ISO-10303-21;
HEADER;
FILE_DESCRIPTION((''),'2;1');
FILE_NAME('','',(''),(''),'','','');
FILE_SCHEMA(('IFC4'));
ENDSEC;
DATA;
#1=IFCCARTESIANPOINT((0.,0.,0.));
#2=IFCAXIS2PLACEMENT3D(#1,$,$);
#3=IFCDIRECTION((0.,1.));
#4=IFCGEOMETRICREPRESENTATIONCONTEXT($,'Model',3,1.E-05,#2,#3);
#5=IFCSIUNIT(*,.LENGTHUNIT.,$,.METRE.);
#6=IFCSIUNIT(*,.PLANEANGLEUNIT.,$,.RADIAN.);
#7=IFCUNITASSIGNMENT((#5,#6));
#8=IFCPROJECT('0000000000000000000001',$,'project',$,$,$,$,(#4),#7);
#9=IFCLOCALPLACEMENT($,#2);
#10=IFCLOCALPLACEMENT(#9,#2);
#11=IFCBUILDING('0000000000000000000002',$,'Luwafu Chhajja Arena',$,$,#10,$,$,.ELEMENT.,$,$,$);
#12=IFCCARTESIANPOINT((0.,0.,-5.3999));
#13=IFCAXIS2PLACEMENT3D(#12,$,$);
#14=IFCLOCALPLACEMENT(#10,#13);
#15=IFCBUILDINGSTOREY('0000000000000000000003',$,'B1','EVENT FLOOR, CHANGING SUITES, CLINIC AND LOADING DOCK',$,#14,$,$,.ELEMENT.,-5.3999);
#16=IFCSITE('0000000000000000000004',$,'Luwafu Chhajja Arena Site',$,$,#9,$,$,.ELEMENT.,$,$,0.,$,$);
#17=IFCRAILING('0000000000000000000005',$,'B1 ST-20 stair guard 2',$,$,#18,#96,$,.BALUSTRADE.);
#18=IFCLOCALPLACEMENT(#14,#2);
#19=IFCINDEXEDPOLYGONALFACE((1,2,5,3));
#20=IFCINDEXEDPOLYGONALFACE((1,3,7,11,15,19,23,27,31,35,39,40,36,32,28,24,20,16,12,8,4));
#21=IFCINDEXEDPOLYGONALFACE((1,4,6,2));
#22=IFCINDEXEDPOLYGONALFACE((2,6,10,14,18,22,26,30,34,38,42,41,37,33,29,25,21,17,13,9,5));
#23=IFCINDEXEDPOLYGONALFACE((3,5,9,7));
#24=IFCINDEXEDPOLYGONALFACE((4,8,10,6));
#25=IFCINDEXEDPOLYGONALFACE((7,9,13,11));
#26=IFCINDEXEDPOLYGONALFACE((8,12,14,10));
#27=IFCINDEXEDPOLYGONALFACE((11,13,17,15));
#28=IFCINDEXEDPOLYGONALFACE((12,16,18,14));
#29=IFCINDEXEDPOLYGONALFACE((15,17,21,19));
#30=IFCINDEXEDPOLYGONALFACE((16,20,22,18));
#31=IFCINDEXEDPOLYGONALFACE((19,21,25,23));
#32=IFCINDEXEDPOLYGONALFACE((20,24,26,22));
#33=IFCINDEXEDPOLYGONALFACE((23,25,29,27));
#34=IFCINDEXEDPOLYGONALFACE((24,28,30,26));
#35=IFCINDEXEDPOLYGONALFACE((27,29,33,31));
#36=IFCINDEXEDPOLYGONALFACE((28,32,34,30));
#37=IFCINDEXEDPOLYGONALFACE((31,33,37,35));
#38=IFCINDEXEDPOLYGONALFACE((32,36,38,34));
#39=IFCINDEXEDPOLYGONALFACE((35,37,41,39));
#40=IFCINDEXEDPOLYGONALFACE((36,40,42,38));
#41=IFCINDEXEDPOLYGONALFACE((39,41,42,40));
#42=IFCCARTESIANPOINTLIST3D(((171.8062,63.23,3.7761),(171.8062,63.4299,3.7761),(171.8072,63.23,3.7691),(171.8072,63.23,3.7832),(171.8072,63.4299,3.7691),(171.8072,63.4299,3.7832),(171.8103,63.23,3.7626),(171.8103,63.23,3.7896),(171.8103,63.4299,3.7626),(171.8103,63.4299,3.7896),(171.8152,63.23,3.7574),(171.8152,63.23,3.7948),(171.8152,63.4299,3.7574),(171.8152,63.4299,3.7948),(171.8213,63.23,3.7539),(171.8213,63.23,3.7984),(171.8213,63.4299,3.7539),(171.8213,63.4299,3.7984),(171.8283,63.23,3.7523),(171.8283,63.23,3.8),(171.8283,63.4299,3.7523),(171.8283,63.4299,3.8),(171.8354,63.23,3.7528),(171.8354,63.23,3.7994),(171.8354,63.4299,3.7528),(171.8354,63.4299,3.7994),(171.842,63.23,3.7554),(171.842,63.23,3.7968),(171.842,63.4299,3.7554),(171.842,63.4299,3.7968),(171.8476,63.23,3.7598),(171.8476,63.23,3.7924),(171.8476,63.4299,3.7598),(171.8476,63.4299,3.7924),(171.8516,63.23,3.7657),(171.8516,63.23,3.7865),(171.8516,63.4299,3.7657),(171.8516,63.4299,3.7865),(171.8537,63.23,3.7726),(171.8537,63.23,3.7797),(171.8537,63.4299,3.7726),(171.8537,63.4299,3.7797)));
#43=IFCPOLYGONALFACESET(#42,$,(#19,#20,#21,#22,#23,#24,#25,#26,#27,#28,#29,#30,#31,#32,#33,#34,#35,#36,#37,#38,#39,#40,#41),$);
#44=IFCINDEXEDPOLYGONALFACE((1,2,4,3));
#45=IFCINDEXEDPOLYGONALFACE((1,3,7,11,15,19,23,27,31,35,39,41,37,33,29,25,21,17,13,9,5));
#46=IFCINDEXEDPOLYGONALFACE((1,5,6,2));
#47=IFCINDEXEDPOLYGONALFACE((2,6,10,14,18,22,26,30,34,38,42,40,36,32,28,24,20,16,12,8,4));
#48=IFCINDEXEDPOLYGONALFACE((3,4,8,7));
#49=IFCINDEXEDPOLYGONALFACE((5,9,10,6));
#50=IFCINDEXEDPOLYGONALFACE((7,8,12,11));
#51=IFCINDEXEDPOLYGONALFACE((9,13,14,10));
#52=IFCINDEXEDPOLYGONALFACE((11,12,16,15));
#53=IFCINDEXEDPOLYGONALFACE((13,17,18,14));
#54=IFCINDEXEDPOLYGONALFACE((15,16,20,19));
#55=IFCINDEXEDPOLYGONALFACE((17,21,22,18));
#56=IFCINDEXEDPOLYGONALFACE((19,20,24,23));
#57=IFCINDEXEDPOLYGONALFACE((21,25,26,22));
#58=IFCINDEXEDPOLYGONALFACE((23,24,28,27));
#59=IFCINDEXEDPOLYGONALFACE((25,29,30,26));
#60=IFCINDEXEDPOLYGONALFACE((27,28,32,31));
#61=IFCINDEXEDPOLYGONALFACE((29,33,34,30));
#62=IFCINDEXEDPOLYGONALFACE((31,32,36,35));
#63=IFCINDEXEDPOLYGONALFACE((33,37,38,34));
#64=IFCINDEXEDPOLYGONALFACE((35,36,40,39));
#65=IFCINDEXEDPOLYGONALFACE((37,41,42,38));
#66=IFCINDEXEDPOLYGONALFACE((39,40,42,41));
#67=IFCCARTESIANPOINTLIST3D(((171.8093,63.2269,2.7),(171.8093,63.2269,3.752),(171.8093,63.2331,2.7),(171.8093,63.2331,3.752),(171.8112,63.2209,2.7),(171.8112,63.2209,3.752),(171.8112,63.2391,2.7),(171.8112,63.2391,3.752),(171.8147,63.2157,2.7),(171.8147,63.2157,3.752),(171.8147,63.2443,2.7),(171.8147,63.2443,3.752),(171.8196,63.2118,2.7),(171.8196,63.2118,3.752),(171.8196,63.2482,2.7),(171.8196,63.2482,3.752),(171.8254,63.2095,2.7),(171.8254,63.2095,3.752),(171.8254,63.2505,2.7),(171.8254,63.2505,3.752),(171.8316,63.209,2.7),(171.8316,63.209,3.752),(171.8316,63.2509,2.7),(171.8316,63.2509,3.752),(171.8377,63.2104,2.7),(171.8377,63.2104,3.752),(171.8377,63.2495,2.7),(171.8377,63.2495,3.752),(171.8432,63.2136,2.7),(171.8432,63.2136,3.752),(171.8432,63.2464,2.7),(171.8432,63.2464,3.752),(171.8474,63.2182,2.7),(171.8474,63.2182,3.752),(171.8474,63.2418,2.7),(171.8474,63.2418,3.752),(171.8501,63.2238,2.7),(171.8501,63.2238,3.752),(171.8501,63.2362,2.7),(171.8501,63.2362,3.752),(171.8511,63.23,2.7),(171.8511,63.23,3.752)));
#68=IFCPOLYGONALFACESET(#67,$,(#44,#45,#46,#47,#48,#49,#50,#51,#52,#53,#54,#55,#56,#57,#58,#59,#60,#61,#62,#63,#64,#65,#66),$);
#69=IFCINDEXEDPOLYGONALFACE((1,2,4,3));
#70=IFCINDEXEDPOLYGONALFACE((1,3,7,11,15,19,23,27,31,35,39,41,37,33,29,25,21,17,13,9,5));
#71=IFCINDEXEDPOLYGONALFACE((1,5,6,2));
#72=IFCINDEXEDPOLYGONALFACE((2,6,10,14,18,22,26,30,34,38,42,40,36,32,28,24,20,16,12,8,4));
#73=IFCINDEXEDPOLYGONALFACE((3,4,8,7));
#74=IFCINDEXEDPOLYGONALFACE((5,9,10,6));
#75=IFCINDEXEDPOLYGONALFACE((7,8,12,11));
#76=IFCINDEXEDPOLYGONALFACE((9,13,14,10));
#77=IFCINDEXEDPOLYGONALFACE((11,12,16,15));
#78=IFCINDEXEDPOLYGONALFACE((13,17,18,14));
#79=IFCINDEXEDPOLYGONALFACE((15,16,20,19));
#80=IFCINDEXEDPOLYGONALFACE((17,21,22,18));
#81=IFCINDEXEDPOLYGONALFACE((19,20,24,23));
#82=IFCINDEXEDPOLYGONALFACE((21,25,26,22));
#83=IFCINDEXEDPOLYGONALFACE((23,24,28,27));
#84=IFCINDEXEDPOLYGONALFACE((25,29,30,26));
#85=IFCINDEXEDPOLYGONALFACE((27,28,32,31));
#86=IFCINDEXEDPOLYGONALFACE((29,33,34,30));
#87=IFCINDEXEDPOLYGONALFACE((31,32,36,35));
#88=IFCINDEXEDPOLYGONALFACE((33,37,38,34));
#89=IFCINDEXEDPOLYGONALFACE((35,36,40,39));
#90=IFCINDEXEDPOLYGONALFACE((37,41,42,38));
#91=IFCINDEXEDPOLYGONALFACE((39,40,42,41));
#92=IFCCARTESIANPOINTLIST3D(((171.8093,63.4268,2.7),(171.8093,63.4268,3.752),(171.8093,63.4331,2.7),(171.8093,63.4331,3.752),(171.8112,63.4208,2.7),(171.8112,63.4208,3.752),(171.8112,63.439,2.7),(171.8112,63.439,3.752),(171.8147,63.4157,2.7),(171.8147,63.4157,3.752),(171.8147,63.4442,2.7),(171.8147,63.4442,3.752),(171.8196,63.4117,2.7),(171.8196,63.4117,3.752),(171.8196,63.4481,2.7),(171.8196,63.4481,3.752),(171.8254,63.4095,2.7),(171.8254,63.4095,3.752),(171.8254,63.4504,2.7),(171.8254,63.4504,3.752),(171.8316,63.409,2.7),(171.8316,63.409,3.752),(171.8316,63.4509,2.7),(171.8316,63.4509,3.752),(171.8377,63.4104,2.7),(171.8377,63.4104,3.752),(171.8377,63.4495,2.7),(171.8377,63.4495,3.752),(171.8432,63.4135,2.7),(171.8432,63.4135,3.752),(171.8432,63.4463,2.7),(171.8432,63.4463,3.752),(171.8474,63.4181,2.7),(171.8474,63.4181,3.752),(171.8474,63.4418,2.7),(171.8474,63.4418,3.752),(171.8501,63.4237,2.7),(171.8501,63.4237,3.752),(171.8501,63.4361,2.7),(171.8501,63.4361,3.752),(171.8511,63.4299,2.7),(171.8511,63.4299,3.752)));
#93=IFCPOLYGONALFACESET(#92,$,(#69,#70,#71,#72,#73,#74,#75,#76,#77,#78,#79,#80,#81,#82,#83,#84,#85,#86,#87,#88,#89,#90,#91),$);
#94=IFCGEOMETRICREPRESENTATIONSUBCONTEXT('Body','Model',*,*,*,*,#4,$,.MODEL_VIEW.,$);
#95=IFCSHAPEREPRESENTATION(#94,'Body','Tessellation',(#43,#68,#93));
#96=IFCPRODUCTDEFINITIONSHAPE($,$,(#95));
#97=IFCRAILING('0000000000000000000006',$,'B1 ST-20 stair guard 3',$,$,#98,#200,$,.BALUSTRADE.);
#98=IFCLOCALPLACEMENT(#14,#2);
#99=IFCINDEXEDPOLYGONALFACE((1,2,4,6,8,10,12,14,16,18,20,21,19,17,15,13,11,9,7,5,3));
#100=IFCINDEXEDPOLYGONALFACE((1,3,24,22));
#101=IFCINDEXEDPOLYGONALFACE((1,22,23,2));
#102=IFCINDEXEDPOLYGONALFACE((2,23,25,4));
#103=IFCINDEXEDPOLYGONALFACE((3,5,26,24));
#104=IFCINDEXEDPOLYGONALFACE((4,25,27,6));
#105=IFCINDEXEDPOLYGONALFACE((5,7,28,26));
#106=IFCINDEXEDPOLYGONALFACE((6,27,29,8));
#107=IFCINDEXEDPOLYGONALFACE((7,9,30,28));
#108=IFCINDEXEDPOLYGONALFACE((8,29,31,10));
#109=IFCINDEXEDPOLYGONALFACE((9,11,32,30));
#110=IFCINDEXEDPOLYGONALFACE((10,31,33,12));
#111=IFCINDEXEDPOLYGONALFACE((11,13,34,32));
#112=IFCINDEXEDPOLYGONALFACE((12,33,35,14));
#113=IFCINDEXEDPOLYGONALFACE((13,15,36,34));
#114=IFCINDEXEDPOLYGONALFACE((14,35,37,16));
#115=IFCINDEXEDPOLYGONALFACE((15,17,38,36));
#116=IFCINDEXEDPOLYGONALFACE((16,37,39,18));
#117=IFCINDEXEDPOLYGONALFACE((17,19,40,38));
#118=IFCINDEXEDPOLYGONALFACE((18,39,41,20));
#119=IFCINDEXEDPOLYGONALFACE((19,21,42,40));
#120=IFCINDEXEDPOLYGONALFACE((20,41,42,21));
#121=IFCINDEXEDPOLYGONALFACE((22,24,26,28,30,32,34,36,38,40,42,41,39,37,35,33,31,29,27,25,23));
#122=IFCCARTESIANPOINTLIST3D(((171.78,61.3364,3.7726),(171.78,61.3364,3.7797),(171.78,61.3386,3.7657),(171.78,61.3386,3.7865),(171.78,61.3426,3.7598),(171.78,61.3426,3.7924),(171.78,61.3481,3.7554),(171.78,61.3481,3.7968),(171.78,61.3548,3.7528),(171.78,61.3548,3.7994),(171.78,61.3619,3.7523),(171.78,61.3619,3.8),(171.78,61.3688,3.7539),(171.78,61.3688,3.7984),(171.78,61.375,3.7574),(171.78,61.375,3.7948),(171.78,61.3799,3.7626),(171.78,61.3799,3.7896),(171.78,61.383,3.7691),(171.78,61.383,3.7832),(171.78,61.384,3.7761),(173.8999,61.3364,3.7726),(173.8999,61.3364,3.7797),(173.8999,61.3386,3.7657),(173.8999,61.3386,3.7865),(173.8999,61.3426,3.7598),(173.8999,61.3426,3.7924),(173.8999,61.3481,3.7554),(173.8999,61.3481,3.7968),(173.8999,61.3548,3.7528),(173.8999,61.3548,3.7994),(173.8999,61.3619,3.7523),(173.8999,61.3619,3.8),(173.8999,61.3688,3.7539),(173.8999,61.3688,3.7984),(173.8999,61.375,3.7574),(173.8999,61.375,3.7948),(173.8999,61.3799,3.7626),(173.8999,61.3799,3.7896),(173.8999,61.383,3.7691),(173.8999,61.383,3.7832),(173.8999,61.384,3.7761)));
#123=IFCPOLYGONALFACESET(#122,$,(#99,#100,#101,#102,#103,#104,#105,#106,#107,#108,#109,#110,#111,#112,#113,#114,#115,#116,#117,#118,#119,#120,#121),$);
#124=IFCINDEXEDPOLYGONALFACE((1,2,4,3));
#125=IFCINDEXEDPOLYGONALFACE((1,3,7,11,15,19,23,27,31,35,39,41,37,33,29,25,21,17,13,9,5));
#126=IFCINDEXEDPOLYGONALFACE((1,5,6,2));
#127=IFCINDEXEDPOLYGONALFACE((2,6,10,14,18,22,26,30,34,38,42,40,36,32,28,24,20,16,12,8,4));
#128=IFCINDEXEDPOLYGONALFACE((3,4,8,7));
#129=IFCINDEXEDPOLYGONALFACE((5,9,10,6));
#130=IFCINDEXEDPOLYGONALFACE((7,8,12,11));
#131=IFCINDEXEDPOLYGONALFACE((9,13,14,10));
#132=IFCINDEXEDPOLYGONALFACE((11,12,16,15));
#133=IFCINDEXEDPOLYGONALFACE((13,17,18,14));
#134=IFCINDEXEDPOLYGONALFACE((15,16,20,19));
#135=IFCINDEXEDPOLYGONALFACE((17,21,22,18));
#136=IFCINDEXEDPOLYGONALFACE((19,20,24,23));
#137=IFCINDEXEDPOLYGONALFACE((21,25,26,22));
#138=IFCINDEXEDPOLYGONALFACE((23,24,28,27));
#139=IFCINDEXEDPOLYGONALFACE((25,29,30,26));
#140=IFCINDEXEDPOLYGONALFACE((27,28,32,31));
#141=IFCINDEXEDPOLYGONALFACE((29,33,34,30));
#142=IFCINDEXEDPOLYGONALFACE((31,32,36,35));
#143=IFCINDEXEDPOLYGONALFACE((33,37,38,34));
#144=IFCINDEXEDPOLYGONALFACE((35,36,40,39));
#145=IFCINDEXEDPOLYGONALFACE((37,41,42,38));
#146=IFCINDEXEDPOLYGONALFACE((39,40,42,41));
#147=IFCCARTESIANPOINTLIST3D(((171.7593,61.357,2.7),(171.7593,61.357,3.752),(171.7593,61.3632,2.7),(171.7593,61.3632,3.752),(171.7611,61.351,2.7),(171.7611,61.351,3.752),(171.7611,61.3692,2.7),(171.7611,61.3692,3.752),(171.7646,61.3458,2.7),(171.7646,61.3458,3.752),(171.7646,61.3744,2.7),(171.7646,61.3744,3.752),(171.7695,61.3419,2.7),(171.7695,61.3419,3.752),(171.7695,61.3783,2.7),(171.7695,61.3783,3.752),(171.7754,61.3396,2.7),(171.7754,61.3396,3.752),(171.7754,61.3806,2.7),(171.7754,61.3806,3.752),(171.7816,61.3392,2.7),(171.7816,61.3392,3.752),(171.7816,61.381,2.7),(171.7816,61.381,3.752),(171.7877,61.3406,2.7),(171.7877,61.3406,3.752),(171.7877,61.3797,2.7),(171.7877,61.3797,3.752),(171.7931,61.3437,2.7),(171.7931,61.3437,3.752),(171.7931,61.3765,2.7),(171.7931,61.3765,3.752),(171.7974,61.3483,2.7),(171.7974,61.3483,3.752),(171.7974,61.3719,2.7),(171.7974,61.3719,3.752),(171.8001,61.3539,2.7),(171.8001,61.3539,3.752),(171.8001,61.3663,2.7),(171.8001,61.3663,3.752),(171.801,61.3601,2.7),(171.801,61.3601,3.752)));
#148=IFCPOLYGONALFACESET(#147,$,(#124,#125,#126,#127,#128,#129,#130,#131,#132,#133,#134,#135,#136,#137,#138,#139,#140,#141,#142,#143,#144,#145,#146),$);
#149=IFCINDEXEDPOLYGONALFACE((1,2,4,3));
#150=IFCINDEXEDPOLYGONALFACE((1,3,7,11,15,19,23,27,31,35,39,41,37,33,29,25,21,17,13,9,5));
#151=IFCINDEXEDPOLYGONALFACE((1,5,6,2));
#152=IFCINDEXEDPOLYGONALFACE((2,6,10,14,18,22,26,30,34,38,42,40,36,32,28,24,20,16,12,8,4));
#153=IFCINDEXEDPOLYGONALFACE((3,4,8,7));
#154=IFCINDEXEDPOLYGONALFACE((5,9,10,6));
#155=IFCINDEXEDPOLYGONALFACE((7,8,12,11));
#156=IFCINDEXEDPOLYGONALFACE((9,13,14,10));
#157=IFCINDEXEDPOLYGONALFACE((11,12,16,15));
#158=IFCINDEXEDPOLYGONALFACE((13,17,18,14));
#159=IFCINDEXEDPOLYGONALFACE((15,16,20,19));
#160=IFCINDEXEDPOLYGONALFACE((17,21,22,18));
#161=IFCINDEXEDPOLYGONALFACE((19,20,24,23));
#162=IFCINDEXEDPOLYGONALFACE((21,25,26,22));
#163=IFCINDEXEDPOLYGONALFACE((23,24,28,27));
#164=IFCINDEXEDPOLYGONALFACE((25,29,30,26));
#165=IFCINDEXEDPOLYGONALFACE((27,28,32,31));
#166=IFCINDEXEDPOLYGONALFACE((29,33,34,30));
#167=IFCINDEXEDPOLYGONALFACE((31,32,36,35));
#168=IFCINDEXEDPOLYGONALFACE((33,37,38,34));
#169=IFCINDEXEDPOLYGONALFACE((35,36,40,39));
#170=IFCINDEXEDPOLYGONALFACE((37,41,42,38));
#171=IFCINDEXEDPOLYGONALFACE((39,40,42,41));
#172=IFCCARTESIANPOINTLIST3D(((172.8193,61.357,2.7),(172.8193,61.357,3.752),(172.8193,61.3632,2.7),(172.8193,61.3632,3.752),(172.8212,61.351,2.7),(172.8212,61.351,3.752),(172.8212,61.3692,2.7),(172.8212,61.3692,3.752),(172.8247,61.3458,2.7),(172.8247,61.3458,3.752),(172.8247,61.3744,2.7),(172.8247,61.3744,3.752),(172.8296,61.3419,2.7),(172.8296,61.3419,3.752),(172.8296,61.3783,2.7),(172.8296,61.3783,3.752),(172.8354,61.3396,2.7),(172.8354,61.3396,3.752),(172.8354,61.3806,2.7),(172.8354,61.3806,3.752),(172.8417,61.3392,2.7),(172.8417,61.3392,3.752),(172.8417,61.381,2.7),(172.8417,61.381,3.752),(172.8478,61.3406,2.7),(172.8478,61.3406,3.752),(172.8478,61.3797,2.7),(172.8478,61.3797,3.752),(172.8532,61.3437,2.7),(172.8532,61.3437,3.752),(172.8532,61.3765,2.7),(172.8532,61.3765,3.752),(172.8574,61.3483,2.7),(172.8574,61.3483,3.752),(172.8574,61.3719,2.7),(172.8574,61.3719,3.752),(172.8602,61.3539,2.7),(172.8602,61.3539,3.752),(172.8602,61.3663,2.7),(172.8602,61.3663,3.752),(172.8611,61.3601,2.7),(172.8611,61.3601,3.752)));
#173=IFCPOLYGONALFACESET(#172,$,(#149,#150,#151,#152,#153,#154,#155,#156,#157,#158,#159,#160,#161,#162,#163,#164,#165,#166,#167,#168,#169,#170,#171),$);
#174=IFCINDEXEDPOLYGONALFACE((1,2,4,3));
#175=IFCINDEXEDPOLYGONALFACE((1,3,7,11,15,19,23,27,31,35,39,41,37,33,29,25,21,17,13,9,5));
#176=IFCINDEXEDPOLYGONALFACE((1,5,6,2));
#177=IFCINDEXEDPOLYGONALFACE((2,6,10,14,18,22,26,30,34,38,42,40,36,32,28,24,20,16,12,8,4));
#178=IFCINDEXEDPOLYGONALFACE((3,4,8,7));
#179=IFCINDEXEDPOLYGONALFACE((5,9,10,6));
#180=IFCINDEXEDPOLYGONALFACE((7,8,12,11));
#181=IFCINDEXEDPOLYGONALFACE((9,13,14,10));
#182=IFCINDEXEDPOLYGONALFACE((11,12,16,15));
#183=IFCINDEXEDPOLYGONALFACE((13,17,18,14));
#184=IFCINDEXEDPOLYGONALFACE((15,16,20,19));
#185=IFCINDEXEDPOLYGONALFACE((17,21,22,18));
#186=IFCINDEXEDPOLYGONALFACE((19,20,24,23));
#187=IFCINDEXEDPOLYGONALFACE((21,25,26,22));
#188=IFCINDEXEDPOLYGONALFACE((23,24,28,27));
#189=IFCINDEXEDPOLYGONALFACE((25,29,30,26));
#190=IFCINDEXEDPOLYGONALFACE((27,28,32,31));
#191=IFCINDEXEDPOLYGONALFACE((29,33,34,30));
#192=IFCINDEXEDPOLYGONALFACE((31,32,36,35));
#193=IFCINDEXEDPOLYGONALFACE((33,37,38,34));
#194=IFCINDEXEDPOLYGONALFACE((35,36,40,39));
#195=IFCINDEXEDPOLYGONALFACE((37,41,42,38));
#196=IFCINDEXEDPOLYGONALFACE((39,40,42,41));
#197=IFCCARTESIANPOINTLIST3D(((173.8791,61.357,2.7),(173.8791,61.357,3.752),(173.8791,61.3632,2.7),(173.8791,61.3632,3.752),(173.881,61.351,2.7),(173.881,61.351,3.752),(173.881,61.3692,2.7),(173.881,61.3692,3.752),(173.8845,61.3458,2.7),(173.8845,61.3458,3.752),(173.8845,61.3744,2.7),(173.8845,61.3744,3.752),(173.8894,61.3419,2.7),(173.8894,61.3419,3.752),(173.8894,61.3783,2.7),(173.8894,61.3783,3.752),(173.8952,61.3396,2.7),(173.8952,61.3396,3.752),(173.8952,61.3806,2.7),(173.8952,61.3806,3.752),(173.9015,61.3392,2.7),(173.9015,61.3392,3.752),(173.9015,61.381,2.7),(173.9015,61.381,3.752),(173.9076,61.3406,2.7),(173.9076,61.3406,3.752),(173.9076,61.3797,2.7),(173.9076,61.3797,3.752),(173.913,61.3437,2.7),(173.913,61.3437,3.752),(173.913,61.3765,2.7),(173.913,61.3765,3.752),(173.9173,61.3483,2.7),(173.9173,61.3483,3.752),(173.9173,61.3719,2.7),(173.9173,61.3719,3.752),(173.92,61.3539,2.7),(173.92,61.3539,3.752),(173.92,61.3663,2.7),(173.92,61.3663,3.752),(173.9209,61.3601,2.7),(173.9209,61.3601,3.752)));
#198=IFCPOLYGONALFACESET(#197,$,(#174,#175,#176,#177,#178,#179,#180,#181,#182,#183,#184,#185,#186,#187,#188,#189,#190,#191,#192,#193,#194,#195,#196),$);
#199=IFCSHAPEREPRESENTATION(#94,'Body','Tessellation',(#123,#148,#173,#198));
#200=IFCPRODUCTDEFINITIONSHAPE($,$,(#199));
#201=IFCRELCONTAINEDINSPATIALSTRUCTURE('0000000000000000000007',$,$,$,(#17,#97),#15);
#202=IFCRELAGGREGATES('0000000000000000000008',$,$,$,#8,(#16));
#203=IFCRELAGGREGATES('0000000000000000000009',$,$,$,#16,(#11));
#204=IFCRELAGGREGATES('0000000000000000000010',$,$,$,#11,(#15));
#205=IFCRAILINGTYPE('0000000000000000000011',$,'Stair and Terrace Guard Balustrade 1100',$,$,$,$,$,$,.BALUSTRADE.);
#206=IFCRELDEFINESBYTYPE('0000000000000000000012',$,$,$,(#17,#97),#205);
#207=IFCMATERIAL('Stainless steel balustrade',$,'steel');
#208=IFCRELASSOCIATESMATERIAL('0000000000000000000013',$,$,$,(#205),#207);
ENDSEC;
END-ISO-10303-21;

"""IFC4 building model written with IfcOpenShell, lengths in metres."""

from ifc_helpers import new_model, si_unit, direction, frame, origin, origin_2d, place, context, subcontext, project, spatial, circle, extrude, material, type_object, element, save


model = new_model("IFC4")

# Units and contexts
model_context = context("Model", 3, precision=1e-05, world=origin(), true_north=direction((0.0, 1.0)))
body_context = subcontext(model_context, "Body", "Model", "MODEL_VIEW")
ifc_project = project(units=[si_unit("LENGTHUNIT", "METRE"), si_unit("PLANEANGLEUNIT", "RADIAN")], contexts=[model_context])

# Site, building, storey
site_placement = place(None, origin())
site = spatial("IfcSite", under=ifc_project, at=site_placement, Name="Luwafu Chhajja Arena Site", CompositionType="ELEMENT", RefElevation=0.0)
building_placement = place(site_placement, origin())
building = spatial("IfcBuilding", under=site, at=building_placement, Name="Luwafu Chhajja Arena", CompositionType="ELEMENT")
storey_placement = place(building_placement, frame((0.0, 0.0, -5.3999)))
storey = spatial("IfcBuildingStorey", under=building, at=storey_placement, Name="B1", Description="EVENT FLOOR, CHANGING SUITES, CLINIC AND LOADING DOCK", CompositionType="ELEMENT", Elevation=-5.3999)

# Railings
ifc_material_1 = material(Name="Stainless steel balustrade", Category="steel")
railing_type_1 = type_object("IfcRailingType", Name="Stair and Terrace Guard Balustrade 1100", PredefinedType="BALUSTRADE", material=ifc_material_1)
railing_1_placement = place(storey_placement, frame((171.8301, 63.23, 2.7)))
element("IfcRailing", 1, at=railing_1_placement, inside=storey, type_object=railing_type_1, Name="B1 ST-20 stair guard 2", PredefinedType="BALUSTRADE", context=body_context, shape_type="SweptSolid", body=[
    extrude(circle(Radius=0.0239, at=origin_2d()), frame((0.0, 0.0, 1.0762), z_axis=(0.0, 1.0, 0.0), x_axis=(-1.0, 0.0, 0.0)), (0.0, 0.0, 1.0), 0.2),
    extrude(circle(Radius=0.021, at=origin_2d()), origin(), (0.0, 0.0, 1.0), 1.052),
    extrude(circle(Radius=0.021, at=origin_2d()), frame((0.0, 0.2, 0.0)), (0.0, 0.0, 1.0), 1.052),
])
for number, where, name in (
    (2, (171.78, 61.3601, 2.7), "B1 ST-20 stair guard 3"),
):
    element("IfcRailing", number, at=place(storey_placement, frame(where)), inside=storey, type_object=railing_type_1, Name=name, PredefinedType="BALUSTRADE", context=body_context, shape_type="SweptSolid", body=[
        extrude(circle(Radius=0.0239, at=origin_2d()), frame((0.0, 0.0, 1.0762), z_axis=(1.0, 0.0, 0.0), x_axis=(0.0, 1.0, 0.0)), (0.0, 0.0, 1.0), 2.1199),
        extrude(circle(Radius=0.021, at=origin_2d()), origin(), (0.0, 0.0, 1.0), 1.052),
        extrude(circle(Radius=0.021, at=origin_2d()), frame((1.0601, 0.0, 0.0)), (0.0, 0.0, 1.0), 1.052),
        extrude(circle(Radius=0.021, at=origin_2d()), frame((2.1199, 0.0, 0.0)), (0.0, 0.0, 1.0), 1.052),
    ])

save(model, "model.ifc")
